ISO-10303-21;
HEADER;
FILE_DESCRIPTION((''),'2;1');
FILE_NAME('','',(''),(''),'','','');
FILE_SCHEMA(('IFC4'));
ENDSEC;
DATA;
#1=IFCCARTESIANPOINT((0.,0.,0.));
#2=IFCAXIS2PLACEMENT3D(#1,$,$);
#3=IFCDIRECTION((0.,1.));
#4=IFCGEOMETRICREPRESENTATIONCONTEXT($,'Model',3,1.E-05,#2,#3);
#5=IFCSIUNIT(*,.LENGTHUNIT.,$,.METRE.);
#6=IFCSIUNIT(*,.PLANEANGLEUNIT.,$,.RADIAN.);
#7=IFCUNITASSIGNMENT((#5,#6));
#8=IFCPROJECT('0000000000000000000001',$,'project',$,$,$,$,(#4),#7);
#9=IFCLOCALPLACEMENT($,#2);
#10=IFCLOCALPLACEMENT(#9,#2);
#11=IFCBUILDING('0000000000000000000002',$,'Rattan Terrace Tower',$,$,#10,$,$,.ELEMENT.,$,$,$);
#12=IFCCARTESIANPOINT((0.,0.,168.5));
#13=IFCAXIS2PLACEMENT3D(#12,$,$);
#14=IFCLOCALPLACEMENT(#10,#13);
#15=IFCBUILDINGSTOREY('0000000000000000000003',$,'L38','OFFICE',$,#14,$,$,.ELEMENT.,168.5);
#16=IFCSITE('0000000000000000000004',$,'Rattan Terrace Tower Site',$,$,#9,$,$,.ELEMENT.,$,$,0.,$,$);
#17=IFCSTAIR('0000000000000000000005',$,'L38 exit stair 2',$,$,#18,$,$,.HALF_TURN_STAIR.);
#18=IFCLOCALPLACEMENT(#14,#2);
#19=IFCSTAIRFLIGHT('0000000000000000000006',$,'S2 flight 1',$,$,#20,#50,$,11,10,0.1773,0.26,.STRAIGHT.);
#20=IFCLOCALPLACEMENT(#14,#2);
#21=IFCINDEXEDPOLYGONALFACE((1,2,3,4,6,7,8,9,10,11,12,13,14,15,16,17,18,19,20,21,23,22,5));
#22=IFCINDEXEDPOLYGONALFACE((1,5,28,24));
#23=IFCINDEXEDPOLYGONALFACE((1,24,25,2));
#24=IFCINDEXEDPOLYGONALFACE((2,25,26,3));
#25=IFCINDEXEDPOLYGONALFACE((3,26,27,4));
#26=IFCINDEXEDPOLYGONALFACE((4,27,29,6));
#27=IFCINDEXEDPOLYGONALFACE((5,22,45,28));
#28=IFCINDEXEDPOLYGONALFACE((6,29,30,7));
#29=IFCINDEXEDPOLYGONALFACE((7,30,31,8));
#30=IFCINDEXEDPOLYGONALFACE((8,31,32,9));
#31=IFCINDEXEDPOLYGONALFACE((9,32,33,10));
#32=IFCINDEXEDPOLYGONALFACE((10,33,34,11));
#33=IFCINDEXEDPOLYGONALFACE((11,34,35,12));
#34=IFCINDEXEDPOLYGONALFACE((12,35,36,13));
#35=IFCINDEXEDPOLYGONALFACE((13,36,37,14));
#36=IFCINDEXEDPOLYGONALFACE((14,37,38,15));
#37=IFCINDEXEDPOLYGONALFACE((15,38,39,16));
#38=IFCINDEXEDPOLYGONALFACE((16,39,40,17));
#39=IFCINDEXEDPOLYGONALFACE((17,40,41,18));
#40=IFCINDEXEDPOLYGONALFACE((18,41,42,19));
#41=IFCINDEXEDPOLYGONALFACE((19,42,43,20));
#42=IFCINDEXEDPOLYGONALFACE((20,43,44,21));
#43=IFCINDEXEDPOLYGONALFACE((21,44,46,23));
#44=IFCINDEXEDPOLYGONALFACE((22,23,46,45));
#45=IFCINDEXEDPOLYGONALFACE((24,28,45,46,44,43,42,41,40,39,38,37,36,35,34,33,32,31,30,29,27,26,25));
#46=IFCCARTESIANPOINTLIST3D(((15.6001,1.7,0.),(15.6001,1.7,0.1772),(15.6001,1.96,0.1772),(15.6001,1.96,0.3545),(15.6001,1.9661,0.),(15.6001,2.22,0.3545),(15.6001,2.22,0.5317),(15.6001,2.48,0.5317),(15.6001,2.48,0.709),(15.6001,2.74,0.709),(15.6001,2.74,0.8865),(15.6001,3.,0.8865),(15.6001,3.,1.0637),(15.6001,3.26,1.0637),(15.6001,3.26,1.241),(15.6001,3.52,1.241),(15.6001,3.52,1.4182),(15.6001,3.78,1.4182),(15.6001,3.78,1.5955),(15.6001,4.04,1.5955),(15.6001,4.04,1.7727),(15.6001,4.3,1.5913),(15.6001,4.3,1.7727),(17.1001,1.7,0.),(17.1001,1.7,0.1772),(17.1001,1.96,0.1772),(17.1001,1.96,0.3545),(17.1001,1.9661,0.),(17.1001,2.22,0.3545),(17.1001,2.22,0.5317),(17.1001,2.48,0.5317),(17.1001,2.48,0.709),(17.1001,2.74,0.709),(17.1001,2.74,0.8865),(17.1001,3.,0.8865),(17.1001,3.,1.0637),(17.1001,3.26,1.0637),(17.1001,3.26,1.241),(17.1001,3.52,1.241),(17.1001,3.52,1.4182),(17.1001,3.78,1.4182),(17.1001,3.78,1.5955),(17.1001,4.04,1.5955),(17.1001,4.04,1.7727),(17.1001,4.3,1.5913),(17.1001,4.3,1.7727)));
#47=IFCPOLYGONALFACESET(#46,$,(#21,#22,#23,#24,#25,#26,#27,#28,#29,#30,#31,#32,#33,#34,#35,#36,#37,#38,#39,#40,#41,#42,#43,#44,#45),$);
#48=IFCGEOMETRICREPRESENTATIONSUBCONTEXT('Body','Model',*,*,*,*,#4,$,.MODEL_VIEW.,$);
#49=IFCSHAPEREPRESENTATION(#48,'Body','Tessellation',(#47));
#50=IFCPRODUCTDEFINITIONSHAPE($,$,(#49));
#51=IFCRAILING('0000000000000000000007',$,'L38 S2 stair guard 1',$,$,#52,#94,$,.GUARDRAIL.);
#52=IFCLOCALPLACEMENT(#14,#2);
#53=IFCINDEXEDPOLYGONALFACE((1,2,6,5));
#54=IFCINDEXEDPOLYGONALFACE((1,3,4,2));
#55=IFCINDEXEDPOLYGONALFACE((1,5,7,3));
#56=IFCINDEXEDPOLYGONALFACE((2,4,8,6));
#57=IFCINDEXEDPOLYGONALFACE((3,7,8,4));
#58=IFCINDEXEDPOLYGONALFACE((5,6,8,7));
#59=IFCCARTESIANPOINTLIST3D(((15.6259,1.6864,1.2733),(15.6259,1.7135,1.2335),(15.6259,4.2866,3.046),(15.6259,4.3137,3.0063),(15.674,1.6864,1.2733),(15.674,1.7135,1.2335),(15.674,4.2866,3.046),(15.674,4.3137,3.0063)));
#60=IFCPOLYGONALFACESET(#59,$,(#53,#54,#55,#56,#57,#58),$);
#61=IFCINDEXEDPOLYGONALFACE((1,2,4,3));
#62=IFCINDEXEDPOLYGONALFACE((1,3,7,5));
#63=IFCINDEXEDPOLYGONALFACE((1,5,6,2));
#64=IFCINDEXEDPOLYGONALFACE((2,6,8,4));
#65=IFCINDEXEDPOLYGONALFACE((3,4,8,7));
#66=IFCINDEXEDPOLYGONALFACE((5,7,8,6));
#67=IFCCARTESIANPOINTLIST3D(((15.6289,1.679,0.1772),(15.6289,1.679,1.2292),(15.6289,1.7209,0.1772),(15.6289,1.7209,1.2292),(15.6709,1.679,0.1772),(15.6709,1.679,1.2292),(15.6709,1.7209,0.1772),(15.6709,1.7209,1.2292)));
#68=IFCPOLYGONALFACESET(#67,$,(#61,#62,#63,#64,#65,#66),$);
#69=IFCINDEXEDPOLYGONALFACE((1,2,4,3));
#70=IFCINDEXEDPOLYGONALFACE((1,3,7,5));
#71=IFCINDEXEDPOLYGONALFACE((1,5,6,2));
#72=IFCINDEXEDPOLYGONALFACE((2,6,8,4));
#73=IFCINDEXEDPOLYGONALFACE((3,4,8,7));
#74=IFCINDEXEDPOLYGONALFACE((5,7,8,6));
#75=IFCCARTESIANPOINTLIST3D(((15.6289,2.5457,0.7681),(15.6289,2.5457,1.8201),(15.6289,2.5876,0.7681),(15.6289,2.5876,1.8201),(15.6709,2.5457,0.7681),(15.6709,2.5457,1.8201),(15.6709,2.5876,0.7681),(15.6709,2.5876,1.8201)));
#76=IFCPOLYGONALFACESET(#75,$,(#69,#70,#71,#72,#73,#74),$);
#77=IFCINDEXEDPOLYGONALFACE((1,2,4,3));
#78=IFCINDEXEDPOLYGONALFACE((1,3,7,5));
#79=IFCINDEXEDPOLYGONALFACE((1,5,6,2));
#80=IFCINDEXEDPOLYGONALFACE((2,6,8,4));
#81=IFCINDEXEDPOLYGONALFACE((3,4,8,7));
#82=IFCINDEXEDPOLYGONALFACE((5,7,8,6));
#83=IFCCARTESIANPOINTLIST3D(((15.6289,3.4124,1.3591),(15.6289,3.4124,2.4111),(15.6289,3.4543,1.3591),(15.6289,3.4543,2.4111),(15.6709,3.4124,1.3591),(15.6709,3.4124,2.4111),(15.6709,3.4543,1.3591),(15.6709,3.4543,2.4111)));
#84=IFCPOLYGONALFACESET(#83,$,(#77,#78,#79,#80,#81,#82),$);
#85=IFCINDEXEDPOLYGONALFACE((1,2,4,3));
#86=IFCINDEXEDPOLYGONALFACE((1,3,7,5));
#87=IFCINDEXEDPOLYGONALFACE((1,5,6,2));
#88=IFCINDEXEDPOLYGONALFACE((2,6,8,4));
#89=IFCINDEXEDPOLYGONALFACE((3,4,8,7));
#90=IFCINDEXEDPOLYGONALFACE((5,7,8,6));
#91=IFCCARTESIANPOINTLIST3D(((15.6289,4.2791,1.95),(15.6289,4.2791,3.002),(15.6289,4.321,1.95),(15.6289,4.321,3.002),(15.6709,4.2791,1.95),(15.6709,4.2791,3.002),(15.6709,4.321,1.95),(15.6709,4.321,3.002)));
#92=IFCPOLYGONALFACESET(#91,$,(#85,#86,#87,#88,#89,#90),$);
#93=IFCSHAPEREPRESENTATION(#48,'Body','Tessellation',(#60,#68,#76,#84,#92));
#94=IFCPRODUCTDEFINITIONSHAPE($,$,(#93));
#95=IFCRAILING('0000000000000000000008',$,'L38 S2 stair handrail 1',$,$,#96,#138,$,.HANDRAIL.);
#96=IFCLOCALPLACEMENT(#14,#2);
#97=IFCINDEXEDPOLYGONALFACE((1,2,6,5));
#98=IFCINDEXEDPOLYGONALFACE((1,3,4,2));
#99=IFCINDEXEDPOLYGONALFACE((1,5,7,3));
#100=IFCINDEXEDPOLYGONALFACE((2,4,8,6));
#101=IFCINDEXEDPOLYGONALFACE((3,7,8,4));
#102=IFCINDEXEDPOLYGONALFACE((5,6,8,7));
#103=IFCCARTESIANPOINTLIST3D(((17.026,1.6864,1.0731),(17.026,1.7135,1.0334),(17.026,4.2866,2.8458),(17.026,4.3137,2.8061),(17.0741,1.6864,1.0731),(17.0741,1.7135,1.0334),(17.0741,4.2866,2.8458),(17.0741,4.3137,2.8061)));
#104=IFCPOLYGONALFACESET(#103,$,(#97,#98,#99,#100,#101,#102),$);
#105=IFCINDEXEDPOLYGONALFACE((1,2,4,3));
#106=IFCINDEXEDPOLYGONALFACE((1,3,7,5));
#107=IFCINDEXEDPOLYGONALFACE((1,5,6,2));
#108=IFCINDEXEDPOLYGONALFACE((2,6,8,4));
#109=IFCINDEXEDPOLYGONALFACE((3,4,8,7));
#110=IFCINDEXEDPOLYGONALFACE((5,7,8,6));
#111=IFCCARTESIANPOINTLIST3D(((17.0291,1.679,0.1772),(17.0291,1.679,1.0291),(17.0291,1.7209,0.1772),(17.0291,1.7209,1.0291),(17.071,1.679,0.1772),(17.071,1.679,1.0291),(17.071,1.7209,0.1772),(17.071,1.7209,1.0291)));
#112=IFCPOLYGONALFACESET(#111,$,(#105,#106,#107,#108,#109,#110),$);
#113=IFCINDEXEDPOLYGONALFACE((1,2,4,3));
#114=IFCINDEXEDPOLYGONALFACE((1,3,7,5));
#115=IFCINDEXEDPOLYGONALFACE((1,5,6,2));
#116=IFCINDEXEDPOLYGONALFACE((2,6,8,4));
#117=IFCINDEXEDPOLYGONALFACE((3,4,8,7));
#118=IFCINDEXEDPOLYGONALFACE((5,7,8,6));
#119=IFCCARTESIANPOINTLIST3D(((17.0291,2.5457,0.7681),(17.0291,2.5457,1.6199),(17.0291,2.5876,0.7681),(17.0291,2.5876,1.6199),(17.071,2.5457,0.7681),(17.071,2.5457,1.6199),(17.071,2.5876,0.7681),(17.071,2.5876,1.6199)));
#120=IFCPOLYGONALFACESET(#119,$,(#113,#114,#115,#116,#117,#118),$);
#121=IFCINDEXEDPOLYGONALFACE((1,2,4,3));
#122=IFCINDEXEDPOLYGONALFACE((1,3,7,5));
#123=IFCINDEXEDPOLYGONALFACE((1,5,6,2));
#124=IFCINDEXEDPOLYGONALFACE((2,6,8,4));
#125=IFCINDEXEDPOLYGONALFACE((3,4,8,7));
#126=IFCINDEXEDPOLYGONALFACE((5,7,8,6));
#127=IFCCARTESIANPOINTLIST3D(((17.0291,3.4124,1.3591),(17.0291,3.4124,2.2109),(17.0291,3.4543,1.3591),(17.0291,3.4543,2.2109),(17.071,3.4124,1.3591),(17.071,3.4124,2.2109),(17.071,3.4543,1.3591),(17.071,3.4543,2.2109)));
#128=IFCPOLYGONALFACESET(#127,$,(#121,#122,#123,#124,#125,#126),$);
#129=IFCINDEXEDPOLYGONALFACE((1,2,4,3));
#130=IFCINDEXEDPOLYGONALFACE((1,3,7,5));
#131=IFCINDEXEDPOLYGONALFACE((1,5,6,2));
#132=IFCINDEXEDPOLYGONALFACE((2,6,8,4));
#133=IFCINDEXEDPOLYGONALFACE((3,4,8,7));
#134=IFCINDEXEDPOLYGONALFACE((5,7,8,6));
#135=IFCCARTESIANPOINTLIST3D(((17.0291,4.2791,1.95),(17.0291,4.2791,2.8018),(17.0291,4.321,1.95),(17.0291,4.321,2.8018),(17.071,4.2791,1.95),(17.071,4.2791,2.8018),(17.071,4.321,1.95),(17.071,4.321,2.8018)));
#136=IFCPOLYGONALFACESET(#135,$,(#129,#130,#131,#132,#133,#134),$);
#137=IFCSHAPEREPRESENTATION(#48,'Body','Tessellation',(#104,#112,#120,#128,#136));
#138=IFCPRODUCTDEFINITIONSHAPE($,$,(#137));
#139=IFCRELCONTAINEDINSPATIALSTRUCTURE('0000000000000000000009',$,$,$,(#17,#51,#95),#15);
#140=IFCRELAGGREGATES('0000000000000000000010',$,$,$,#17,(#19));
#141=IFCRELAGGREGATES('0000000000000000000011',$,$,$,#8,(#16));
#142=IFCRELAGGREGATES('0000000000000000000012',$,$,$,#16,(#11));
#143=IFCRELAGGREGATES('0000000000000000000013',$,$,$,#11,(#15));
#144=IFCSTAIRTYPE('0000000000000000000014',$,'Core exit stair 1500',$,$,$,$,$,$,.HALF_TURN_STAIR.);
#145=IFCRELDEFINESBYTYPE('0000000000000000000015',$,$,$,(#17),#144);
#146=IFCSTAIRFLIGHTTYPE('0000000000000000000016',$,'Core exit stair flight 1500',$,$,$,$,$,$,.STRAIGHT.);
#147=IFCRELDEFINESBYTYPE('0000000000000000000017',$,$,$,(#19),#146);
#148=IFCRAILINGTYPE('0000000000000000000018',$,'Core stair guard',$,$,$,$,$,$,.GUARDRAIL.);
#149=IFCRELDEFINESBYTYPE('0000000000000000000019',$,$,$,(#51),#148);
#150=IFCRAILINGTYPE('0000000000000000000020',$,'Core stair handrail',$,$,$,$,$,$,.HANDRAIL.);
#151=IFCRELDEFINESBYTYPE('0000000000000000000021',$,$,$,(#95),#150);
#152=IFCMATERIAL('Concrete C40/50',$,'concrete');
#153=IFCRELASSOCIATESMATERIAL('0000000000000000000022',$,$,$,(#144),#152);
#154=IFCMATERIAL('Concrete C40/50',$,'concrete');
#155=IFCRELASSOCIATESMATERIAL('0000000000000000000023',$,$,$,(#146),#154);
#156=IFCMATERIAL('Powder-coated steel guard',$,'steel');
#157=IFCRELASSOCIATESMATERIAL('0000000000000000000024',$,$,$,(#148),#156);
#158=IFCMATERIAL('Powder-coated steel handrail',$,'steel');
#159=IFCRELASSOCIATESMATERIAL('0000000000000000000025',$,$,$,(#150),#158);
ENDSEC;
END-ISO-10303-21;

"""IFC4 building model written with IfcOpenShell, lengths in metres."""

from ifc_helpers import new_model, si_unit, direction, frame, origin, origin_2d, place, context, subcontext, project, spatial, polyline, rectangle, outline, extrude, material, type_object, element, aggregate, save


model = new_model("IFC4")

# Units and contexts
model_context = context("Model", 3, precision=1e-05, world=origin(), true_north=direction((0.0, 1.0)))
body_context = subcontext(model_context, "Body", "Model", "MODEL_VIEW")
ifc_project = project(units=[si_unit("LENGTHUNIT", "METRE"), si_unit("PLANEANGLEUNIT", "RADIAN")], contexts=[model_context])

# Site, building, storey
site_placement = place(None, origin())
site = spatial("IfcSite", under=ifc_project, at=site_placement, Name="Rattan Terrace Tower Site", CompositionType="ELEMENT", RefElevation=0.0)
building_placement = place(site_placement, origin())
building = spatial("IfcBuilding", under=site, at=building_placement, Name="Rattan Terrace Tower", CompositionType="ELEMENT")
storey_placement = place(building_placement, frame((0.0, 0.0, 168.5)))
storey = spatial("IfcBuildingStorey", under=building, at=storey_placement, Name="L38", Description="OFFICE", CompositionType="ELEMENT", Elevation=168.5)

# Stair, stair flight
ifc_material_1 = material(Name="Concrete C40/50", Category="concrete")
stair_type = type_object("IfcStairType", Name="Core exit stair 1500", PredefinedType="HALF_TURN_STAIR", material=ifc_material_1)
stair_placement = place(storey_placement, origin())
stair = element("IfcStair", 1, at=stair_placement, inside=storey, type_object=stair_type, Name="L38 exit stair 2", PredefinedType="HALF_TURN_STAIR")
ifc_material_2 = material(Name="Concrete C40/50", Category="concrete")
stair_flight_type = type_object("IfcStairFlightType", Name="Core exit stair flight 1500", PredefinedType="STRAIGHT", material=ifc_material_2)
stair_flight_placement = place(storey_placement, frame((16.3501, 1.7, 0.0), z_axis=(0.0, 0.0, 1.0), x_axis=(0.0, 1.0, 0.0)))
stair_flight = element("IfcStairFlight", 2, at=stair_flight_placement, type_object=stair_flight_type, Name="S2 flight 1", NumberOfRisers=11, NumberOfTreads=10, PredefinedType="STRAIGHT", RiserHeight=0.1773, TreadLength=0.26, context=body_context, shape_type="SweptSolid", body=[
    extrude(outline(polyline([(0.0, 0.0), (0.0, 0.1772), (0.26, 0.1772), (0.26, 0.3545), (0.52, 0.3545), (0.52, 0.5317), (0.78, 0.5317), (0.78, 0.709), (1.04, 0.709), (1.04, 0.8865), (1.3, 0.8865), (1.3, 1.0637), (1.5601, 1.0637), (1.5601, 1.241), (1.8201, 1.241), (1.8201, 1.4182), (2.0801, 1.4182), (2.0801, 1.5955), (2.3401, 1.5955), (2.3401, 1.7727), (2.6001, 1.7727), (2.6001, 1.95), (2.6001, 1.5913), (0.2661, 0.0), (0.0, 0.0)])), frame((0.0, 0.75, 0.0), z_axis=(0.0, -1.0, 0.0), x_axis=(1.0, 0.0, 0.0)), (0.0, 0.0, 1.0), 1.5),
])
aggregate(stair, [stair_flight])

# Railings
ifc_material_3 = material(Name="Powder-coated steel guard", Category="steel")
railing_type_1 = type_object("IfcRailingType", Name="Core stair guard", PredefinedType="GUARDRAIL", material=ifc_material_3)
railing_1_placement = place(storey_placement, frame((15.6499, 1.7, 0.1772)))
element("IfcRailing", 3, at=railing_1_placement, inside=storey, type_object=railing_type_1, Name="L38 S2 stair guard 1", PredefinedType="GUARDRAIL", context=body_context, shape_type="SweptSolid", body=[
    extrude(rectangle(XDim=0.0481, YDim=0.0481, at=origin_2d()), frame((0.0, 0.0, 1.0762), z_axis=(0.0, 0.82624, 0.563318), x_axis=(-1.0, 0.0, 0.0)), (0.0, 0.0, 1.0), 3.147),
    extrude(rectangle(XDim=0.042, YDim=0.042, at=origin_2d()), origin(), (0.0, 0.0, 1.0), 1.052),
    extrude(rectangle(XDim=0.042, YDim=0.042, at=origin_2d()), frame((0.0, 0.8667, 0.5908)), (0.0, 0.0, 1.0), 1.052),
    extrude(rectangle(XDim=0.042, YDim=0.042, at=origin_2d()), frame((0.0, 1.7334, 1.1819)), (0.0, 0.0, 1.0), 1.052),
    extrude(rectangle(XDim=0.042, YDim=0.042, at=origin_2d()), frame((0.0, 2.6001, 1.7727)), (0.0, 0.0, 1.0), 1.052),
])
ifc_material_4 = material(Name="Powder-coated steel handrail", Category="steel")
railing_type_2 = type_object("IfcRailingType", Name="Core stair handrail", PredefinedType="HANDRAIL", material=ifc_material_4)
railing_2_placement = place(storey_placement, frame((17.05, 1.7, 0.1772)))
element("IfcRailing", 4, at=railing_2_placement, inside=storey, type_object=railing_type_2, Name="L38 S2 stair handrail 1", PredefinedType="HANDRAIL", context=body_context, shape_type="SweptSolid", body=[
    extrude(rectangle(XDim=0.0481, YDim=0.0481, at=origin_2d()), frame((0.0, 0.0, 0.876), z_axis=(0.0, 0.82624, 0.563318), x_axis=(-1.0, 0.0, 0.0)), (0.0, 0.0, 1.0), 3.147),
    extrude(rectangle(XDim=0.042, YDim=0.042, at=origin_2d()), origin(), (0.0, 0.0, 1.0), 0.8518),
    extrude(rectangle(XDim=0.042, YDim=0.042, at=origin_2d()), frame((0.0, 0.8667, 0.5908)), (0.0, 0.0, 1.0), 0.8518),
    extrude(rectangle(XDim=0.042, YDim=0.042, at=origin_2d()), frame((0.0, 1.7334, 1.1819)), (0.0, 0.0, 1.0), 0.8518),
    extrude(rectangle(XDim=0.042, YDim=0.042, at=origin_2d()), frame((0.0, 2.6001, 1.7727)), (0.0, 0.0, 1.0), 0.8518),
])

save(model, "model.ifc")
